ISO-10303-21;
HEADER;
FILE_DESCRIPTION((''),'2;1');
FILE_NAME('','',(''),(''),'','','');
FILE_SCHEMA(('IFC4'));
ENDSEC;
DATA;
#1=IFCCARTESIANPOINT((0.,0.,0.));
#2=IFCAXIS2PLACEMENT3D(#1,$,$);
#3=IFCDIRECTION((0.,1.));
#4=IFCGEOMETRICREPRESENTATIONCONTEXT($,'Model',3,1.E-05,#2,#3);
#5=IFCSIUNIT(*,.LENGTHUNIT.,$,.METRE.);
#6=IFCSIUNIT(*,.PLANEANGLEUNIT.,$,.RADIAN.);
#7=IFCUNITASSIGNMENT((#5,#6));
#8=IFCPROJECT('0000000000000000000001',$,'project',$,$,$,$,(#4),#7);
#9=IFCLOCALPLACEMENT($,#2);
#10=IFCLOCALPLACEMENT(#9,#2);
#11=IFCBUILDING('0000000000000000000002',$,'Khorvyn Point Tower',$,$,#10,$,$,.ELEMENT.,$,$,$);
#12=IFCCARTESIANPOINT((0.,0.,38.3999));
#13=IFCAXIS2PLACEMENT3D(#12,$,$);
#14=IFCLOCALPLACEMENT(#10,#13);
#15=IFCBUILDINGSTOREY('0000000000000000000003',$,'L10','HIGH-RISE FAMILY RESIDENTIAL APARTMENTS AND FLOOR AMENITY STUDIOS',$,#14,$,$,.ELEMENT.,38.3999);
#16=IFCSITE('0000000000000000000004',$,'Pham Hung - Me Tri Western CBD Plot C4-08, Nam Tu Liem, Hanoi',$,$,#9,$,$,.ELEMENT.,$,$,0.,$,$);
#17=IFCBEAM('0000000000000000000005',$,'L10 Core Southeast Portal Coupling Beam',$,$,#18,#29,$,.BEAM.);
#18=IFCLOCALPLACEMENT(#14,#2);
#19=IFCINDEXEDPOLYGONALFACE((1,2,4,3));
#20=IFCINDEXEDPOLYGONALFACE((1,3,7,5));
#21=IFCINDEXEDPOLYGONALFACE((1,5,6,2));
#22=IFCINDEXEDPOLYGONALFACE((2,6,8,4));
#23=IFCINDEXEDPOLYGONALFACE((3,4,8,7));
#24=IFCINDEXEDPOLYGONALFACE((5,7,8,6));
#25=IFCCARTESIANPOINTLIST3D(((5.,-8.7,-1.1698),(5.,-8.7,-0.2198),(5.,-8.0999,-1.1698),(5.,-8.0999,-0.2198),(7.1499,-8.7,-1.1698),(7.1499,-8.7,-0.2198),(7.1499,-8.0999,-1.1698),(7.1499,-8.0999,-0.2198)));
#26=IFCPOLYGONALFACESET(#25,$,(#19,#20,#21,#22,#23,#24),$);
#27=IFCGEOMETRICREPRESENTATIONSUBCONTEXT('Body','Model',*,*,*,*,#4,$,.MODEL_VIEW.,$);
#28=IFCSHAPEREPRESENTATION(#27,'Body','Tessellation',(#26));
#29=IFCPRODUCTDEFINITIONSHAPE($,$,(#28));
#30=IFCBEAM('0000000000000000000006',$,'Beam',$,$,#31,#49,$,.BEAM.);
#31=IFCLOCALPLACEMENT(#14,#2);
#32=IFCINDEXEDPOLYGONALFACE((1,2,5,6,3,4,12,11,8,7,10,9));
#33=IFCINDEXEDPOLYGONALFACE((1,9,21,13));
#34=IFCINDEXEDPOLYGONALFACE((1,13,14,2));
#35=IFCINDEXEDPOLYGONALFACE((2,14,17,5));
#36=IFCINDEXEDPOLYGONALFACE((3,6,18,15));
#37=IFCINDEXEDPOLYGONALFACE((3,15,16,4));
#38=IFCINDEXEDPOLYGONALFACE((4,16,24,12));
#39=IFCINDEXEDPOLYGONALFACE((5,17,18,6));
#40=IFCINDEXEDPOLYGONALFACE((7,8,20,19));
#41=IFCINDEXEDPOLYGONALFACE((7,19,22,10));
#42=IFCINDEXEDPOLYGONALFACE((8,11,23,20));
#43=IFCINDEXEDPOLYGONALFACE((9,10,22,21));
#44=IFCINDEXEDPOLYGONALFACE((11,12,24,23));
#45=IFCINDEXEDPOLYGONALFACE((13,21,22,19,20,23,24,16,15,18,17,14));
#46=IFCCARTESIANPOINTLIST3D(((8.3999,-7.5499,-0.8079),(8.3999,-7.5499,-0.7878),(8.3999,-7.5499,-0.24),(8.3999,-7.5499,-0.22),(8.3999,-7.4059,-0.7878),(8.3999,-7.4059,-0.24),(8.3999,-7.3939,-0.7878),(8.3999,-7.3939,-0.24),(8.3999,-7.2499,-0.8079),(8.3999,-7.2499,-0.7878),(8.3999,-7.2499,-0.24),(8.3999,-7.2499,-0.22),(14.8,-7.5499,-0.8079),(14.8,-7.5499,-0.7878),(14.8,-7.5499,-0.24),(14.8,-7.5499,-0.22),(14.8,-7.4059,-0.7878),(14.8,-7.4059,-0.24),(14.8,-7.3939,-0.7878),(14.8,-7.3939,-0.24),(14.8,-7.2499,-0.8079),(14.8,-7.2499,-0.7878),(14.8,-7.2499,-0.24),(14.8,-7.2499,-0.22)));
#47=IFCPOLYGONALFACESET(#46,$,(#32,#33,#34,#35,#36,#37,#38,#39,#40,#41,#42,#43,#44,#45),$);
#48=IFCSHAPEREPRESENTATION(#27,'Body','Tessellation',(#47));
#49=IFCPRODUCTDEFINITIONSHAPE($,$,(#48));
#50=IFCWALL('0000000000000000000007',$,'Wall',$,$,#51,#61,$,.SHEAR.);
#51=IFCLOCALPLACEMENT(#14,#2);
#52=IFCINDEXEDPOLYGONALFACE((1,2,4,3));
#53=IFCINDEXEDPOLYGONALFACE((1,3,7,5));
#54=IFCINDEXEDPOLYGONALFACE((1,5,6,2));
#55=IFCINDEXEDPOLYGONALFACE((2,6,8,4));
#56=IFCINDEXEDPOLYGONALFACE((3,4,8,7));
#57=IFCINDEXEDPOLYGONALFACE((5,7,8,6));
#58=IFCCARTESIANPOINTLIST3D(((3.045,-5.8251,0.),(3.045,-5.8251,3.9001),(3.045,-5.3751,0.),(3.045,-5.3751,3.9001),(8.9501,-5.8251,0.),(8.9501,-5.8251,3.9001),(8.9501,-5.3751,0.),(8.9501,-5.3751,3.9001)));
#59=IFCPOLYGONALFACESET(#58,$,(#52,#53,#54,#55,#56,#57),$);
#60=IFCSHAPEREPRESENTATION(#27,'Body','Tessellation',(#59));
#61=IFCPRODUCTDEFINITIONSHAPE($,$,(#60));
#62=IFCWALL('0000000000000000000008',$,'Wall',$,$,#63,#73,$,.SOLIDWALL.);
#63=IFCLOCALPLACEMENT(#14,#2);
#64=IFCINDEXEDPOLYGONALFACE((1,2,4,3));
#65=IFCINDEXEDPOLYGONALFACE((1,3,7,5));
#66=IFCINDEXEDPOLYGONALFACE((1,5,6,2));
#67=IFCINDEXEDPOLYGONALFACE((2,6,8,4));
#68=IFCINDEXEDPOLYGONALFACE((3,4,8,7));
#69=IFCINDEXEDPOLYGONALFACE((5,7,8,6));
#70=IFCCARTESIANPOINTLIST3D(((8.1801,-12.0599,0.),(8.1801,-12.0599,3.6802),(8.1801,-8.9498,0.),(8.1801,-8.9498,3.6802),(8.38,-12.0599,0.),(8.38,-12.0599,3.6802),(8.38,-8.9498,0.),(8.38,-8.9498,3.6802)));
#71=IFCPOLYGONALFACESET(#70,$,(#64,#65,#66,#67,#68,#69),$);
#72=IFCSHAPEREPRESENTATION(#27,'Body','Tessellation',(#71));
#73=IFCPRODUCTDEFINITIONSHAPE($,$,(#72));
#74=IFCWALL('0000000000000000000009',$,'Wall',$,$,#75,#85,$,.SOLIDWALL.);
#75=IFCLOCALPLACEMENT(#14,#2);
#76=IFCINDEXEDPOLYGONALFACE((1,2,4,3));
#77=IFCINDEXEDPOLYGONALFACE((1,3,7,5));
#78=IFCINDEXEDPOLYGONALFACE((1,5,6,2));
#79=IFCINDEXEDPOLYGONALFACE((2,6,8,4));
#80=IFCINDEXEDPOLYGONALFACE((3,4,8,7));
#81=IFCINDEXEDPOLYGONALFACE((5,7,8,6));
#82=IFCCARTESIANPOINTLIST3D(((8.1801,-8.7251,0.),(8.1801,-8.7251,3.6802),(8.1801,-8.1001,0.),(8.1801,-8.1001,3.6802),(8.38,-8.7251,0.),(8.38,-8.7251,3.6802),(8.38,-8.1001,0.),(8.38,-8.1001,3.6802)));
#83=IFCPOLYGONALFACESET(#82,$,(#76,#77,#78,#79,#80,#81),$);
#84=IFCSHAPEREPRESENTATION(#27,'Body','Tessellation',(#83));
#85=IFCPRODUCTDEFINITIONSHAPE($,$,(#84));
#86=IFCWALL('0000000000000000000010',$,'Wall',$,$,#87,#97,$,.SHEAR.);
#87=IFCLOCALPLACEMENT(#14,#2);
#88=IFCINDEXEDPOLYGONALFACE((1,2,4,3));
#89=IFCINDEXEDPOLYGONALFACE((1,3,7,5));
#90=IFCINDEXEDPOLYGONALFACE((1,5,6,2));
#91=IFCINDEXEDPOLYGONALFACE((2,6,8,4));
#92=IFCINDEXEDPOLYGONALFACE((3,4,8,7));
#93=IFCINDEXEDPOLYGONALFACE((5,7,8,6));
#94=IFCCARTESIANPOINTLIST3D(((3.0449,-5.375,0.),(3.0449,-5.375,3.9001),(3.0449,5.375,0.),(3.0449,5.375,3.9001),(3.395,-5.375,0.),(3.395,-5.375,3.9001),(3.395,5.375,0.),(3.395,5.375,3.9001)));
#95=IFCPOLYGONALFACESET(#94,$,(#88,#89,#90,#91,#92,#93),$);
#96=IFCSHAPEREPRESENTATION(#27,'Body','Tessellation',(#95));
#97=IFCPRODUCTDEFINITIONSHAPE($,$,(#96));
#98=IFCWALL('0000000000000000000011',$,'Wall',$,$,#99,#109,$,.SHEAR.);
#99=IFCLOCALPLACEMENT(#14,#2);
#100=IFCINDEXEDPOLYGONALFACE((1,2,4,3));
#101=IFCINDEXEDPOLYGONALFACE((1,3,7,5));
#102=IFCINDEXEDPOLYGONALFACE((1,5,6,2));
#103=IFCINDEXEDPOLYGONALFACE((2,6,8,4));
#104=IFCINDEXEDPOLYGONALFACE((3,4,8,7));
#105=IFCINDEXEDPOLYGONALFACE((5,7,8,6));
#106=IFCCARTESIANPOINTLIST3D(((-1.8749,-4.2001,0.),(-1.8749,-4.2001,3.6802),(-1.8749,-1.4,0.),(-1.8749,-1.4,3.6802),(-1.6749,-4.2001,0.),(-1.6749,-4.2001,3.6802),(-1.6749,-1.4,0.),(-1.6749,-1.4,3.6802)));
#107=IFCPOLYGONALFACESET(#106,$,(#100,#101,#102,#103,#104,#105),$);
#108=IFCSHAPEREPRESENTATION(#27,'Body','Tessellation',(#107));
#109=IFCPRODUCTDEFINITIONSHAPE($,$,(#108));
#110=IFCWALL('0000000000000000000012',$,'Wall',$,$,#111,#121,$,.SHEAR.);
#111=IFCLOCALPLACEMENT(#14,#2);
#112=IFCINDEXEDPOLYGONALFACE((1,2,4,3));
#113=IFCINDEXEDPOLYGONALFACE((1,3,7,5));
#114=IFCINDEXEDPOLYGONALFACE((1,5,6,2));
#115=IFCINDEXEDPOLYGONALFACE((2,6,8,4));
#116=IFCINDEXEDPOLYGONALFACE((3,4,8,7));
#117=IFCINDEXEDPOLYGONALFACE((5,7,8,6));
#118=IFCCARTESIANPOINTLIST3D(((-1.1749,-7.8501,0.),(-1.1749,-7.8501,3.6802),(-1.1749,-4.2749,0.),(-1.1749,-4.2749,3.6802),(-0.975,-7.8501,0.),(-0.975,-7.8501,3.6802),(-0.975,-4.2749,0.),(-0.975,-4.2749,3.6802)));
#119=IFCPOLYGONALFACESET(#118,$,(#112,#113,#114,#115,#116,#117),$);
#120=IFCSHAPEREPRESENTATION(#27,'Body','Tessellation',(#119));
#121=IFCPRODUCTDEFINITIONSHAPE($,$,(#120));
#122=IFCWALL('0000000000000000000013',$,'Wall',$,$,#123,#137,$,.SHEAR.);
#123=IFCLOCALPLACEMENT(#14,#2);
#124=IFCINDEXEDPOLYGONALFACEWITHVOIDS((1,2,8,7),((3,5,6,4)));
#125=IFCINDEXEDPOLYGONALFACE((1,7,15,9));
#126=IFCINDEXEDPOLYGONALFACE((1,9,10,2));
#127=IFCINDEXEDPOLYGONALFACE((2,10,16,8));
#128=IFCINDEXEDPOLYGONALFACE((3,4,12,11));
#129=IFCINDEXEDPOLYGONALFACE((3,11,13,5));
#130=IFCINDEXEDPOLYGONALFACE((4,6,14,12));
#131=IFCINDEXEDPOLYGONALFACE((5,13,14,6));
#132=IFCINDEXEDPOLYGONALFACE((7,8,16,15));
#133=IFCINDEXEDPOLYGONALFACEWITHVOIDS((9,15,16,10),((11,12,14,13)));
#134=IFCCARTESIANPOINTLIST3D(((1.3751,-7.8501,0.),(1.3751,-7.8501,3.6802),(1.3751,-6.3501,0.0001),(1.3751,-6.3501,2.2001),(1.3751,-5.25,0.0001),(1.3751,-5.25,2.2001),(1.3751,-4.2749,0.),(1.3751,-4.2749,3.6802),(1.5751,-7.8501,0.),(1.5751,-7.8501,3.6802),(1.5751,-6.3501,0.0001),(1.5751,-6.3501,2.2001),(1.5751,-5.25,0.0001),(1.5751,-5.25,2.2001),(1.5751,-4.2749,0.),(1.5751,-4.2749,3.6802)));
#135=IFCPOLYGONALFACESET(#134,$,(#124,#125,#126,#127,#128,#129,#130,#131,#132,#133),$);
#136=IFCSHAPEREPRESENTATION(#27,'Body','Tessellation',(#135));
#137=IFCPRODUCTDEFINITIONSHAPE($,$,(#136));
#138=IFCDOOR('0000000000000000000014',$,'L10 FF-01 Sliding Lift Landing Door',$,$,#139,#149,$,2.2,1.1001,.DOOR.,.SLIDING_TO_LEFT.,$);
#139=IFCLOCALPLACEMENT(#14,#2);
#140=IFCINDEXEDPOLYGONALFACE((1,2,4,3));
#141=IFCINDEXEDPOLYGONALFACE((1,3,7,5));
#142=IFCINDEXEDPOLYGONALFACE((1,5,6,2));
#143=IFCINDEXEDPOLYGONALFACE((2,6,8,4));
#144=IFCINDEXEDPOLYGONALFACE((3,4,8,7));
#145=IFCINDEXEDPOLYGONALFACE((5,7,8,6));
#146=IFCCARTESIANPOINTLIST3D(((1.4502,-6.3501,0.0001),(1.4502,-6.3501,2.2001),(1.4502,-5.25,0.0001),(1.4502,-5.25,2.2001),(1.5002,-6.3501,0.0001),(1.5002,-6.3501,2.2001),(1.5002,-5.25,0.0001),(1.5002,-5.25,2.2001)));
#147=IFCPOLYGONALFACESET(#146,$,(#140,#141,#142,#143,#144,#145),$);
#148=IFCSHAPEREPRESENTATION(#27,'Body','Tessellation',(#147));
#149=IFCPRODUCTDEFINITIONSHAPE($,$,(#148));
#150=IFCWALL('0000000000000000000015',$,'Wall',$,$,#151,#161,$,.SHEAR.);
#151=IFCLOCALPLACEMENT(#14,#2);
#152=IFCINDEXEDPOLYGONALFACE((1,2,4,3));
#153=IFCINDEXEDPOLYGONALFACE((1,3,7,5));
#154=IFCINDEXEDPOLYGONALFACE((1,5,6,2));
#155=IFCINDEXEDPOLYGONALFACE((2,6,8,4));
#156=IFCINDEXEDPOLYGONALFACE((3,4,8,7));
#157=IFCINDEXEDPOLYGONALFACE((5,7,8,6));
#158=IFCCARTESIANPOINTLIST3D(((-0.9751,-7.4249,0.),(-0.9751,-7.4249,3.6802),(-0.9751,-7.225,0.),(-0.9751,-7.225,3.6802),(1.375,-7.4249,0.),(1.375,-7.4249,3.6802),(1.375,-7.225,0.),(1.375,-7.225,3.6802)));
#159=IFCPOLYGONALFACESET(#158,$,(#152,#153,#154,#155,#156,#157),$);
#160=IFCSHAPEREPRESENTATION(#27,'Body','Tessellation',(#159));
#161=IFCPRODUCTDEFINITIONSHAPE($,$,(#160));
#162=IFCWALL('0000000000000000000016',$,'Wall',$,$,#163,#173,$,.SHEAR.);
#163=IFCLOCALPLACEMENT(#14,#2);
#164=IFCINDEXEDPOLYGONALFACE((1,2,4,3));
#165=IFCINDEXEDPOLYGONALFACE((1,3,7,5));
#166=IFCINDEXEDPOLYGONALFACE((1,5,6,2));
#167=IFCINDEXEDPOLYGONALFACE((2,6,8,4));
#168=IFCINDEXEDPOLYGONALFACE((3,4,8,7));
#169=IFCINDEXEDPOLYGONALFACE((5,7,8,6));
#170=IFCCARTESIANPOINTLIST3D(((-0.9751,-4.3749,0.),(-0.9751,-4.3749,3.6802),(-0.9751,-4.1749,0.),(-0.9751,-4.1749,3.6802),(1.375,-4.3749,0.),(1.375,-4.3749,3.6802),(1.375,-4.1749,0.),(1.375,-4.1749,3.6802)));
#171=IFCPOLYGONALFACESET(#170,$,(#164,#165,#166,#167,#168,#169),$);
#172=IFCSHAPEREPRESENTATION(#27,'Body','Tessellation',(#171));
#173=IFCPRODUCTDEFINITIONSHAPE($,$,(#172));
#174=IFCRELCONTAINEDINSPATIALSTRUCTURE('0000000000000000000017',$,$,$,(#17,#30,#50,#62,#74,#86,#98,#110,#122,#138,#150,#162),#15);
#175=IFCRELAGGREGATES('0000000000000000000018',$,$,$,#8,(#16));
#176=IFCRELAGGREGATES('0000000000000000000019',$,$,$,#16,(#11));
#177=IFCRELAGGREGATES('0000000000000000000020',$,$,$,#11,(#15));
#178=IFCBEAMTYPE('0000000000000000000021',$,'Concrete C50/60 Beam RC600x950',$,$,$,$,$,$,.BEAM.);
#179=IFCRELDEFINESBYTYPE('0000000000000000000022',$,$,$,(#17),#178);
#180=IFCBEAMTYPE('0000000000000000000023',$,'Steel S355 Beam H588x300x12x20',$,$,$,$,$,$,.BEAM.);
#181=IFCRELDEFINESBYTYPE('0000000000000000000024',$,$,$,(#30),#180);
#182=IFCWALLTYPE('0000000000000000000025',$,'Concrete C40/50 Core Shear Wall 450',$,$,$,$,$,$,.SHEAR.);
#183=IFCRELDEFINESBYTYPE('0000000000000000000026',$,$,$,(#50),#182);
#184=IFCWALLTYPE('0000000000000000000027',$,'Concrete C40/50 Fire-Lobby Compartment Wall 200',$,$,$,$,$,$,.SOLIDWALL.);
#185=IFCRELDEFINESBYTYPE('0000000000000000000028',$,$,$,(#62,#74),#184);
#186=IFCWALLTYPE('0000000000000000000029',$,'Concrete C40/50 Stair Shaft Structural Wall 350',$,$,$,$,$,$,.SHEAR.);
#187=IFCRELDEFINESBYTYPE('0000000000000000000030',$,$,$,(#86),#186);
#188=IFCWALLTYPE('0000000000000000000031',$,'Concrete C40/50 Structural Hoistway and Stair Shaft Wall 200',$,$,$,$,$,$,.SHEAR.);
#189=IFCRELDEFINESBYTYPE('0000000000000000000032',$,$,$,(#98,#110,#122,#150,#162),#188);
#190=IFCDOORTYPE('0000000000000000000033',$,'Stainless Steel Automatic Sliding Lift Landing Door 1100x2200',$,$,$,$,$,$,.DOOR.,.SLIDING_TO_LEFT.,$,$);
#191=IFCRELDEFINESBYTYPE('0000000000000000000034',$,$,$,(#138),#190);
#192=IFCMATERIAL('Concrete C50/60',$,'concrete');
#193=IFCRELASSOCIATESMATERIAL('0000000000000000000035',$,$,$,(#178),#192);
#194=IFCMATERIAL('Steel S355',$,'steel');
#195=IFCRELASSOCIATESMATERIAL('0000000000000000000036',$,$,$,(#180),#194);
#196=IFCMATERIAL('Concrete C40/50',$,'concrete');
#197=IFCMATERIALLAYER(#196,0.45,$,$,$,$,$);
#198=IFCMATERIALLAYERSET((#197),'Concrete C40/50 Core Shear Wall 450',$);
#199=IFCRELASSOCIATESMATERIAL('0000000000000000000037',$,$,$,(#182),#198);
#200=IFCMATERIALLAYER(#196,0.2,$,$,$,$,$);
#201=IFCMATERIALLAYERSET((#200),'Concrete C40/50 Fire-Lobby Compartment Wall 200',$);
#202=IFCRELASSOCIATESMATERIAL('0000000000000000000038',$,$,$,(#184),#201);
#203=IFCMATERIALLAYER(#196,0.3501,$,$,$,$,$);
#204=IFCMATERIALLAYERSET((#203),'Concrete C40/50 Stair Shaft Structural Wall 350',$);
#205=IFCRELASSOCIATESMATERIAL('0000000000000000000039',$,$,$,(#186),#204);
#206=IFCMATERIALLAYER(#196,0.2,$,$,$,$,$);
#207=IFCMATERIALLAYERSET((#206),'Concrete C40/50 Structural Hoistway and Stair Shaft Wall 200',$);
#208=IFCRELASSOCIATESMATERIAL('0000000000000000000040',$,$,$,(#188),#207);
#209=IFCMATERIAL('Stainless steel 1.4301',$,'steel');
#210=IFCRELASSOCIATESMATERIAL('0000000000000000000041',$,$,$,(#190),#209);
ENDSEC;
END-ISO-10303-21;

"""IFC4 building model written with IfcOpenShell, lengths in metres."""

from ifc_helpers import new_model, si_unit, direction, frame, frame_2d, origin, origin_2d, place, context, subcontext, project, spatial, rectangle, i_section, extrude, material, layer, layer_set, material_profile, profile_set, type_object, element, fill, save


model = new_model("IFC4")

# Units and contexts
model_context = context("Model", 3, precision=1e-05, world=origin(), true_north=direction((0.0, 1.0)))
body_context = subcontext(model_context, "Body", "Model", "MODEL_VIEW")
ifc_project = project(units=[si_unit("LENGTHUNIT", "METRE"), si_unit("PLANEANGLEUNIT", "RADIAN")], contexts=[model_context])

# Site, building, storey
site_placement = place(None, origin())
site = spatial("IfcSite", under=ifc_project, at=site_placement, Name="Pham Hung - Me Tri Western CBD Plot C4-08, Nam Tu Liem, Hanoi", CompositionType="ELEMENT", RefElevation=0.0)
building_placement = place(site_placement, origin())
building = spatial("IfcBuilding", under=site, at=building_placement, Name="Khorvyn Point Tower", CompositionType="ELEMENT")
storey_placement = place(building_placement, frame((0.0, 0.0, 38.3999)))
storey = spatial("IfcBuildingStorey", under=building, at=storey_placement, Name="L10", Description="HIGH-RISE FAMILY RESIDENTIAL APARTMENTS AND FLOOR AMENITY STUDIOS", CompositionType="ELEMENT", Elevation=38.3999)

# Beams
ifc_material_1 = material(Name="Concrete C50/60", Category="concrete")
ifc_material_profile_1 = material_profile(ifc_material_1, rectangle(XDim=0.6001, YDim=0.95, at=origin_2d()))
ifc_profile_set_1 = profile_set([ifc_material_profile_1], Name="Concrete C50/60 RC600x950")
beam_type_1 = type_object("IfcBeamType", Name="Concrete C50/60 Beam RC600x950", PredefinedType="BEAM", material=ifc_profile_set_1)
beam_1_placement = place(storey_placement, frame((5.0, -8.3999, -0.6948), z_axis=(1.0, 0.0, 0.0), x_axis=(0.0, 1.0, 0.0)))
element("IfcBeam", 1, at=beam_1_placement, inside=storey, type_object=beam_type_1, Name="L10 Core Southeast Portal Coupling Beam", PredefinedType="BEAM", context=body_context, shape_type="SweptSolid", body=[
    extrude(rectangle(XDim=0.6001, YDim=0.95, at=origin_2d()), origin(), (0.0, 0.0, 1.0), 2.1499),
])
ifc_material_2 = material(Name="Steel S355", Category="steel")
ifc_material_profile_2 = material_profile(ifc_material_2, i_section(OverallWidth=0.3, OverallDepth=0.5879, WebThickness=0.012, FlangeThickness=0.02, at=origin_2d()))
ifc_profile_set_2 = profile_set([ifc_material_profile_2], Name="Steel S355 H588x300x12x20")
beam_type_2 = type_object("IfcBeamType", Name="Steel S355 Beam H588x300x12x20", PredefinedType="BEAM", material=ifc_profile_set_2)
beam_2_placement = place(storey_placement, frame((8.3999, -7.3999, -0.5139), z_axis=(1.0, 0.0, 0.0), x_axis=(0.0, 1.0, 0.0)))
element("IfcBeam", 2, at=beam_2_placement, inside=storey, type_object=beam_type_2, Name="Beam", PredefinedType="BEAM", context=body_context, shape_type="SweptSolid", body=[
    extrude(i_section(OverallWidth=0.3, OverallDepth=0.5879, WebThickness=0.012, FlangeThickness=0.02, at=origin_2d()), origin(), (0.0, 0.0, 1.0), 6.4001),
])

# Wall
ifc_material_3 = material(Name="Concrete C40/50", Category="concrete")
ifc_layer_1 = layer(ifc_material_3, 0.45)
ifc_layer_set_1 = layer_set([ifc_layer_1], Name="Concrete C40/50 Core Shear Wall 450")
wall_type_1 = type_object("IfcWallType", Name="Concrete C40/50 Core Shear Wall 450", PredefinedType="SHEAR", material=ifc_layer_set_1)
wall_1_placement = place(storey_placement, frame((3.0449, -5.6001, 0.0), z_axis=(0.0, 0.0, 1.0), x_axis=(1.0, 0.0, 0.0)))
element("IfcWall", 3, at=wall_1_placement, inside=storey, type_object=wall_type_1, Name="Wall", PredefinedType="SHEAR", context=body_context, shape_type="SweptSolid", body=[
    extrude(rectangle(XDim=5.905, YDim=0.45, at=frame_2d((2.9526, 0.0))), origin(), (0.0, 0.0, 1.0), 3.9001),
])

# Shared definitions
ifc_layer_2 = layer(ifc_material_3, 0.2)
ifc_layer_set_2 = layer_set([ifc_layer_2], Name="Concrete C40/50 Fire-Lobby Compartment Wall 200")
wall_type_2 = type_object("IfcWallType", Name="Concrete C40/50 Fire-Lobby Compartment Wall 200", PredefinedType="SOLIDWALL", material=ifc_layer_set_2)

# Walls
wall_2_placement = place(storey_placement, frame((8.28, -12.0601, 0.0), z_axis=(0.0, 0.0, 1.0), x_axis=(0.0, 1.0, 0.0)))
element("IfcWall", 4, at=wall_2_placement, inside=storey, type_object=wall_type_2, Name="Wall", PredefinedType="SOLIDWALL", context=body_context, shape_type="SweptSolid", body=[
    extrude(rectangle(XDim=3.1101, YDim=0.2, at=frame_2d((1.5552, 0.0))), origin(), (0.0, 0.0, 1.0), 3.6802),
])
wall_3_placement = place(storey_placement, frame((8.28, -8.7251, 0.0), z_axis=(0.0, 0.0, 1.0), x_axis=(0.0, 1.0, 0.0)))
element("IfcWall", 5, at=wall_3_placement, inside=storey, type_object=wall_type_2, Name="Wall", PredefinedType="SOLIDWALL", context=body_context, shape_type="SweptSolid", body=[
    extrude(rectangle(XDim=0.625, YDim=0.2, at=frame_2d((0.3125, 0.0))), origin(), (0.0, 0.0, 1.0), 3.6802),
])
ifc_layer_3 = layer(ifc_material_3, 0.3501)
ifc_layer_set_3 = layer_set([ifc_layer_3], Name="Concrete C40/50 Stair Shaft Structural Wall 350")
wall_type_3 = type_object("IfcWallType", Name="Concrete C40/50 Stair Shaft Structural Wall 350", PredefinedType="SHEAR", material=ifc_layer_set_3)
wall_4_placement = place(storey_placement, frame((3.22, -5.375, 0.0), z_axis=(0.0, 0.0, 1.0), x_axis=(0.0, 1.0, 0.0)))
element("IfcWall", 6, at=wall_4_placement, inside=storey, type_object=wall_type_3, Name="Wall", PredefinedType="SHEAR", context=body_context, shape_type="SweptSolid", body=[
    extrude(rectangle(XDim=10.75, YDim=0.3501, at=frame_2d((5.375, 0.0))), origin(), (0.0, 0.0, 1.0), 3.9001),
])

# Walls
ifc_layer_4 = layer(ifc_material_3, 0.2)
ifc_layer_set_4 = layer_set([ifc_layer_4], Name="Concrete C40/50 Structural Hoistway and Stair Shaft Wall 200")
wall_type_4 = type_object("IfcWallType", Name="Concrete C40/50 Structural Hoistway and Stair Shaft Wall 200", PredefinedType="SHEAR", material=ifc_layer_set_4)
wall_5_placement = place(storey_placement, frame((-1.7749, -4.2, 0.0), z_axis=(0.0, 0.0, 1.0), x_axis=(0.0, 1.0, 0.0)))
element("IfcWall", 7, at=wall_5_placement, inside=storey, type_object=wall_type_4, Name="Wall", PredefinedType="SHEAR", context=body_context, shape_type="SweptSolid", body=[
    extrude(rectangle(XDim=2.8, YDim=0.2, at=frame_2d((1.3999, 0.0))), origin(), (0.0, 0.0, 1.0), 3.6802),
])
wall_6_placement = place(storey_placement, frame((-1.075, -7.8501, 0.0), z_axis=(0.0, 0.0, 1.0), x_axis=(0.0, 1.0, 0.0)))
element("IfcWall", 8, at=wall_6_placement, inside=storey, type_object=wall_type_4, Name="Wall", PredefinedType="SHEAR", context=body_context, shape_type="SweptSolid", body=[
    extrude(rectangle(XDim=3.5752, YDim=0.2, at=frame_2d((1.7876, 0.0))), origin(), (0.0, 0.0, 1.0), 3.6802),
])

# Wall, opening, door
wall_7_placement = place(storey_placement, frame((1.4751, -7.8501, 0.0), z_axis=(0.0, 0.0, 1.0), x_axis=(0.0, 1.0, 0.0)))
wall_7 = element("IfcWall", 9, at=wall_7_placement, inside=storey, type_object=wall_type_4, Name="Wall", PredefinedType="SHEAR", context=body_context, shape_type="SweptSolid", body=[
    extrude(rectangle(XDim=3.5752, YDim=0.2, at=frame_2d((1.7876, 0.0))), origin(), (0.0, 0.0, 1.0), 3.6802),
])
opening_1_placement = place(wall_7_placement, frame((1.5, 0.0, 0.0)))
opening_1 = element("IfcOpeningElement", 10, at=opening_1_placement, cuts=wall_7, PredefinedType="OPENING", context=body_context, shape_type="SweptSolid", body=[
    extrude(rectangle(XDim=1.1001, YDim=2.2, at=frame_2d((0.55, 1.1001))), frame((0.0, 0.1099, 0.0), z_axis=(0.0, -1.0, 0.0), x_axis=(1.0, 0.0, 0.0)), (0.0, 0.0, 1.0), 0.22),
])
ifc_material_4 = material(Name="Stainless steel 1.4301", Category="steel")
door_type_1 = type_object("IfcDoorType", Name="Stainless Steel Automatic Sliding Lift Landing Door 1100x2200", OperationType="SLIDING_TO_LEFT", PredefinedType="DOOR", material=ifc_material_4)
door_1_placement = place(opening_1_placement, origin())
door_1 = element("IfcDoor", 11, at=door_1_placement, inside=storey, type_object=door_type_1, Name="L10 FF-01 Sliding Lift Landing Door", OperationType="SLIDING_TO_LEFT", OverallHeight=2.2, OverallWidth=1.1001, PredefinedType="DOOR", context=body_context, shape_type="SweptSolid", body=[
    extrude(rectangle(XDim=1.1001, YDim=2.2, at=frame_2d((0.55, 1.1001))), frame((0.0, 0.0249, 0.0), z_axis=(0.0, -1.0, 0.0), x_axis=(1.0, 0.0, 0.0)), (0.0, 0.0, 1.0), 0.05),
])
fill(opening_1, door_1)

# Walls
for number, where, z_axis, x_axis, name in (
    (12, (-0.9751, -7.325, 0.0), (0.0, 0.0, 1.0), (1.0, 0.0, 0.0), "Wall"),
    (13, (-0.9751, -4.2749, 0.0), (0.0, 0.0, 1.0), (1.0, 0.0, 0.0), "Wall"),
):
    element("IfcWall", number, at=place(storey_placement, frame(where, z_axis=z_axis, x_axis=x_axis)), inside=storey, type_object=wall_type_4, Name=name, PredefinedType="SHEAR", context=body_context, shape_type="SweptSolid", body=[
        extrude(rectangle(XDim=2.3501, YDim=0.2, at=frame_2d((1.175, 0.0))), origin(), (0.0, 0.0, 1.0), 3.6802),
    ])

save(model, "model.ifc")
